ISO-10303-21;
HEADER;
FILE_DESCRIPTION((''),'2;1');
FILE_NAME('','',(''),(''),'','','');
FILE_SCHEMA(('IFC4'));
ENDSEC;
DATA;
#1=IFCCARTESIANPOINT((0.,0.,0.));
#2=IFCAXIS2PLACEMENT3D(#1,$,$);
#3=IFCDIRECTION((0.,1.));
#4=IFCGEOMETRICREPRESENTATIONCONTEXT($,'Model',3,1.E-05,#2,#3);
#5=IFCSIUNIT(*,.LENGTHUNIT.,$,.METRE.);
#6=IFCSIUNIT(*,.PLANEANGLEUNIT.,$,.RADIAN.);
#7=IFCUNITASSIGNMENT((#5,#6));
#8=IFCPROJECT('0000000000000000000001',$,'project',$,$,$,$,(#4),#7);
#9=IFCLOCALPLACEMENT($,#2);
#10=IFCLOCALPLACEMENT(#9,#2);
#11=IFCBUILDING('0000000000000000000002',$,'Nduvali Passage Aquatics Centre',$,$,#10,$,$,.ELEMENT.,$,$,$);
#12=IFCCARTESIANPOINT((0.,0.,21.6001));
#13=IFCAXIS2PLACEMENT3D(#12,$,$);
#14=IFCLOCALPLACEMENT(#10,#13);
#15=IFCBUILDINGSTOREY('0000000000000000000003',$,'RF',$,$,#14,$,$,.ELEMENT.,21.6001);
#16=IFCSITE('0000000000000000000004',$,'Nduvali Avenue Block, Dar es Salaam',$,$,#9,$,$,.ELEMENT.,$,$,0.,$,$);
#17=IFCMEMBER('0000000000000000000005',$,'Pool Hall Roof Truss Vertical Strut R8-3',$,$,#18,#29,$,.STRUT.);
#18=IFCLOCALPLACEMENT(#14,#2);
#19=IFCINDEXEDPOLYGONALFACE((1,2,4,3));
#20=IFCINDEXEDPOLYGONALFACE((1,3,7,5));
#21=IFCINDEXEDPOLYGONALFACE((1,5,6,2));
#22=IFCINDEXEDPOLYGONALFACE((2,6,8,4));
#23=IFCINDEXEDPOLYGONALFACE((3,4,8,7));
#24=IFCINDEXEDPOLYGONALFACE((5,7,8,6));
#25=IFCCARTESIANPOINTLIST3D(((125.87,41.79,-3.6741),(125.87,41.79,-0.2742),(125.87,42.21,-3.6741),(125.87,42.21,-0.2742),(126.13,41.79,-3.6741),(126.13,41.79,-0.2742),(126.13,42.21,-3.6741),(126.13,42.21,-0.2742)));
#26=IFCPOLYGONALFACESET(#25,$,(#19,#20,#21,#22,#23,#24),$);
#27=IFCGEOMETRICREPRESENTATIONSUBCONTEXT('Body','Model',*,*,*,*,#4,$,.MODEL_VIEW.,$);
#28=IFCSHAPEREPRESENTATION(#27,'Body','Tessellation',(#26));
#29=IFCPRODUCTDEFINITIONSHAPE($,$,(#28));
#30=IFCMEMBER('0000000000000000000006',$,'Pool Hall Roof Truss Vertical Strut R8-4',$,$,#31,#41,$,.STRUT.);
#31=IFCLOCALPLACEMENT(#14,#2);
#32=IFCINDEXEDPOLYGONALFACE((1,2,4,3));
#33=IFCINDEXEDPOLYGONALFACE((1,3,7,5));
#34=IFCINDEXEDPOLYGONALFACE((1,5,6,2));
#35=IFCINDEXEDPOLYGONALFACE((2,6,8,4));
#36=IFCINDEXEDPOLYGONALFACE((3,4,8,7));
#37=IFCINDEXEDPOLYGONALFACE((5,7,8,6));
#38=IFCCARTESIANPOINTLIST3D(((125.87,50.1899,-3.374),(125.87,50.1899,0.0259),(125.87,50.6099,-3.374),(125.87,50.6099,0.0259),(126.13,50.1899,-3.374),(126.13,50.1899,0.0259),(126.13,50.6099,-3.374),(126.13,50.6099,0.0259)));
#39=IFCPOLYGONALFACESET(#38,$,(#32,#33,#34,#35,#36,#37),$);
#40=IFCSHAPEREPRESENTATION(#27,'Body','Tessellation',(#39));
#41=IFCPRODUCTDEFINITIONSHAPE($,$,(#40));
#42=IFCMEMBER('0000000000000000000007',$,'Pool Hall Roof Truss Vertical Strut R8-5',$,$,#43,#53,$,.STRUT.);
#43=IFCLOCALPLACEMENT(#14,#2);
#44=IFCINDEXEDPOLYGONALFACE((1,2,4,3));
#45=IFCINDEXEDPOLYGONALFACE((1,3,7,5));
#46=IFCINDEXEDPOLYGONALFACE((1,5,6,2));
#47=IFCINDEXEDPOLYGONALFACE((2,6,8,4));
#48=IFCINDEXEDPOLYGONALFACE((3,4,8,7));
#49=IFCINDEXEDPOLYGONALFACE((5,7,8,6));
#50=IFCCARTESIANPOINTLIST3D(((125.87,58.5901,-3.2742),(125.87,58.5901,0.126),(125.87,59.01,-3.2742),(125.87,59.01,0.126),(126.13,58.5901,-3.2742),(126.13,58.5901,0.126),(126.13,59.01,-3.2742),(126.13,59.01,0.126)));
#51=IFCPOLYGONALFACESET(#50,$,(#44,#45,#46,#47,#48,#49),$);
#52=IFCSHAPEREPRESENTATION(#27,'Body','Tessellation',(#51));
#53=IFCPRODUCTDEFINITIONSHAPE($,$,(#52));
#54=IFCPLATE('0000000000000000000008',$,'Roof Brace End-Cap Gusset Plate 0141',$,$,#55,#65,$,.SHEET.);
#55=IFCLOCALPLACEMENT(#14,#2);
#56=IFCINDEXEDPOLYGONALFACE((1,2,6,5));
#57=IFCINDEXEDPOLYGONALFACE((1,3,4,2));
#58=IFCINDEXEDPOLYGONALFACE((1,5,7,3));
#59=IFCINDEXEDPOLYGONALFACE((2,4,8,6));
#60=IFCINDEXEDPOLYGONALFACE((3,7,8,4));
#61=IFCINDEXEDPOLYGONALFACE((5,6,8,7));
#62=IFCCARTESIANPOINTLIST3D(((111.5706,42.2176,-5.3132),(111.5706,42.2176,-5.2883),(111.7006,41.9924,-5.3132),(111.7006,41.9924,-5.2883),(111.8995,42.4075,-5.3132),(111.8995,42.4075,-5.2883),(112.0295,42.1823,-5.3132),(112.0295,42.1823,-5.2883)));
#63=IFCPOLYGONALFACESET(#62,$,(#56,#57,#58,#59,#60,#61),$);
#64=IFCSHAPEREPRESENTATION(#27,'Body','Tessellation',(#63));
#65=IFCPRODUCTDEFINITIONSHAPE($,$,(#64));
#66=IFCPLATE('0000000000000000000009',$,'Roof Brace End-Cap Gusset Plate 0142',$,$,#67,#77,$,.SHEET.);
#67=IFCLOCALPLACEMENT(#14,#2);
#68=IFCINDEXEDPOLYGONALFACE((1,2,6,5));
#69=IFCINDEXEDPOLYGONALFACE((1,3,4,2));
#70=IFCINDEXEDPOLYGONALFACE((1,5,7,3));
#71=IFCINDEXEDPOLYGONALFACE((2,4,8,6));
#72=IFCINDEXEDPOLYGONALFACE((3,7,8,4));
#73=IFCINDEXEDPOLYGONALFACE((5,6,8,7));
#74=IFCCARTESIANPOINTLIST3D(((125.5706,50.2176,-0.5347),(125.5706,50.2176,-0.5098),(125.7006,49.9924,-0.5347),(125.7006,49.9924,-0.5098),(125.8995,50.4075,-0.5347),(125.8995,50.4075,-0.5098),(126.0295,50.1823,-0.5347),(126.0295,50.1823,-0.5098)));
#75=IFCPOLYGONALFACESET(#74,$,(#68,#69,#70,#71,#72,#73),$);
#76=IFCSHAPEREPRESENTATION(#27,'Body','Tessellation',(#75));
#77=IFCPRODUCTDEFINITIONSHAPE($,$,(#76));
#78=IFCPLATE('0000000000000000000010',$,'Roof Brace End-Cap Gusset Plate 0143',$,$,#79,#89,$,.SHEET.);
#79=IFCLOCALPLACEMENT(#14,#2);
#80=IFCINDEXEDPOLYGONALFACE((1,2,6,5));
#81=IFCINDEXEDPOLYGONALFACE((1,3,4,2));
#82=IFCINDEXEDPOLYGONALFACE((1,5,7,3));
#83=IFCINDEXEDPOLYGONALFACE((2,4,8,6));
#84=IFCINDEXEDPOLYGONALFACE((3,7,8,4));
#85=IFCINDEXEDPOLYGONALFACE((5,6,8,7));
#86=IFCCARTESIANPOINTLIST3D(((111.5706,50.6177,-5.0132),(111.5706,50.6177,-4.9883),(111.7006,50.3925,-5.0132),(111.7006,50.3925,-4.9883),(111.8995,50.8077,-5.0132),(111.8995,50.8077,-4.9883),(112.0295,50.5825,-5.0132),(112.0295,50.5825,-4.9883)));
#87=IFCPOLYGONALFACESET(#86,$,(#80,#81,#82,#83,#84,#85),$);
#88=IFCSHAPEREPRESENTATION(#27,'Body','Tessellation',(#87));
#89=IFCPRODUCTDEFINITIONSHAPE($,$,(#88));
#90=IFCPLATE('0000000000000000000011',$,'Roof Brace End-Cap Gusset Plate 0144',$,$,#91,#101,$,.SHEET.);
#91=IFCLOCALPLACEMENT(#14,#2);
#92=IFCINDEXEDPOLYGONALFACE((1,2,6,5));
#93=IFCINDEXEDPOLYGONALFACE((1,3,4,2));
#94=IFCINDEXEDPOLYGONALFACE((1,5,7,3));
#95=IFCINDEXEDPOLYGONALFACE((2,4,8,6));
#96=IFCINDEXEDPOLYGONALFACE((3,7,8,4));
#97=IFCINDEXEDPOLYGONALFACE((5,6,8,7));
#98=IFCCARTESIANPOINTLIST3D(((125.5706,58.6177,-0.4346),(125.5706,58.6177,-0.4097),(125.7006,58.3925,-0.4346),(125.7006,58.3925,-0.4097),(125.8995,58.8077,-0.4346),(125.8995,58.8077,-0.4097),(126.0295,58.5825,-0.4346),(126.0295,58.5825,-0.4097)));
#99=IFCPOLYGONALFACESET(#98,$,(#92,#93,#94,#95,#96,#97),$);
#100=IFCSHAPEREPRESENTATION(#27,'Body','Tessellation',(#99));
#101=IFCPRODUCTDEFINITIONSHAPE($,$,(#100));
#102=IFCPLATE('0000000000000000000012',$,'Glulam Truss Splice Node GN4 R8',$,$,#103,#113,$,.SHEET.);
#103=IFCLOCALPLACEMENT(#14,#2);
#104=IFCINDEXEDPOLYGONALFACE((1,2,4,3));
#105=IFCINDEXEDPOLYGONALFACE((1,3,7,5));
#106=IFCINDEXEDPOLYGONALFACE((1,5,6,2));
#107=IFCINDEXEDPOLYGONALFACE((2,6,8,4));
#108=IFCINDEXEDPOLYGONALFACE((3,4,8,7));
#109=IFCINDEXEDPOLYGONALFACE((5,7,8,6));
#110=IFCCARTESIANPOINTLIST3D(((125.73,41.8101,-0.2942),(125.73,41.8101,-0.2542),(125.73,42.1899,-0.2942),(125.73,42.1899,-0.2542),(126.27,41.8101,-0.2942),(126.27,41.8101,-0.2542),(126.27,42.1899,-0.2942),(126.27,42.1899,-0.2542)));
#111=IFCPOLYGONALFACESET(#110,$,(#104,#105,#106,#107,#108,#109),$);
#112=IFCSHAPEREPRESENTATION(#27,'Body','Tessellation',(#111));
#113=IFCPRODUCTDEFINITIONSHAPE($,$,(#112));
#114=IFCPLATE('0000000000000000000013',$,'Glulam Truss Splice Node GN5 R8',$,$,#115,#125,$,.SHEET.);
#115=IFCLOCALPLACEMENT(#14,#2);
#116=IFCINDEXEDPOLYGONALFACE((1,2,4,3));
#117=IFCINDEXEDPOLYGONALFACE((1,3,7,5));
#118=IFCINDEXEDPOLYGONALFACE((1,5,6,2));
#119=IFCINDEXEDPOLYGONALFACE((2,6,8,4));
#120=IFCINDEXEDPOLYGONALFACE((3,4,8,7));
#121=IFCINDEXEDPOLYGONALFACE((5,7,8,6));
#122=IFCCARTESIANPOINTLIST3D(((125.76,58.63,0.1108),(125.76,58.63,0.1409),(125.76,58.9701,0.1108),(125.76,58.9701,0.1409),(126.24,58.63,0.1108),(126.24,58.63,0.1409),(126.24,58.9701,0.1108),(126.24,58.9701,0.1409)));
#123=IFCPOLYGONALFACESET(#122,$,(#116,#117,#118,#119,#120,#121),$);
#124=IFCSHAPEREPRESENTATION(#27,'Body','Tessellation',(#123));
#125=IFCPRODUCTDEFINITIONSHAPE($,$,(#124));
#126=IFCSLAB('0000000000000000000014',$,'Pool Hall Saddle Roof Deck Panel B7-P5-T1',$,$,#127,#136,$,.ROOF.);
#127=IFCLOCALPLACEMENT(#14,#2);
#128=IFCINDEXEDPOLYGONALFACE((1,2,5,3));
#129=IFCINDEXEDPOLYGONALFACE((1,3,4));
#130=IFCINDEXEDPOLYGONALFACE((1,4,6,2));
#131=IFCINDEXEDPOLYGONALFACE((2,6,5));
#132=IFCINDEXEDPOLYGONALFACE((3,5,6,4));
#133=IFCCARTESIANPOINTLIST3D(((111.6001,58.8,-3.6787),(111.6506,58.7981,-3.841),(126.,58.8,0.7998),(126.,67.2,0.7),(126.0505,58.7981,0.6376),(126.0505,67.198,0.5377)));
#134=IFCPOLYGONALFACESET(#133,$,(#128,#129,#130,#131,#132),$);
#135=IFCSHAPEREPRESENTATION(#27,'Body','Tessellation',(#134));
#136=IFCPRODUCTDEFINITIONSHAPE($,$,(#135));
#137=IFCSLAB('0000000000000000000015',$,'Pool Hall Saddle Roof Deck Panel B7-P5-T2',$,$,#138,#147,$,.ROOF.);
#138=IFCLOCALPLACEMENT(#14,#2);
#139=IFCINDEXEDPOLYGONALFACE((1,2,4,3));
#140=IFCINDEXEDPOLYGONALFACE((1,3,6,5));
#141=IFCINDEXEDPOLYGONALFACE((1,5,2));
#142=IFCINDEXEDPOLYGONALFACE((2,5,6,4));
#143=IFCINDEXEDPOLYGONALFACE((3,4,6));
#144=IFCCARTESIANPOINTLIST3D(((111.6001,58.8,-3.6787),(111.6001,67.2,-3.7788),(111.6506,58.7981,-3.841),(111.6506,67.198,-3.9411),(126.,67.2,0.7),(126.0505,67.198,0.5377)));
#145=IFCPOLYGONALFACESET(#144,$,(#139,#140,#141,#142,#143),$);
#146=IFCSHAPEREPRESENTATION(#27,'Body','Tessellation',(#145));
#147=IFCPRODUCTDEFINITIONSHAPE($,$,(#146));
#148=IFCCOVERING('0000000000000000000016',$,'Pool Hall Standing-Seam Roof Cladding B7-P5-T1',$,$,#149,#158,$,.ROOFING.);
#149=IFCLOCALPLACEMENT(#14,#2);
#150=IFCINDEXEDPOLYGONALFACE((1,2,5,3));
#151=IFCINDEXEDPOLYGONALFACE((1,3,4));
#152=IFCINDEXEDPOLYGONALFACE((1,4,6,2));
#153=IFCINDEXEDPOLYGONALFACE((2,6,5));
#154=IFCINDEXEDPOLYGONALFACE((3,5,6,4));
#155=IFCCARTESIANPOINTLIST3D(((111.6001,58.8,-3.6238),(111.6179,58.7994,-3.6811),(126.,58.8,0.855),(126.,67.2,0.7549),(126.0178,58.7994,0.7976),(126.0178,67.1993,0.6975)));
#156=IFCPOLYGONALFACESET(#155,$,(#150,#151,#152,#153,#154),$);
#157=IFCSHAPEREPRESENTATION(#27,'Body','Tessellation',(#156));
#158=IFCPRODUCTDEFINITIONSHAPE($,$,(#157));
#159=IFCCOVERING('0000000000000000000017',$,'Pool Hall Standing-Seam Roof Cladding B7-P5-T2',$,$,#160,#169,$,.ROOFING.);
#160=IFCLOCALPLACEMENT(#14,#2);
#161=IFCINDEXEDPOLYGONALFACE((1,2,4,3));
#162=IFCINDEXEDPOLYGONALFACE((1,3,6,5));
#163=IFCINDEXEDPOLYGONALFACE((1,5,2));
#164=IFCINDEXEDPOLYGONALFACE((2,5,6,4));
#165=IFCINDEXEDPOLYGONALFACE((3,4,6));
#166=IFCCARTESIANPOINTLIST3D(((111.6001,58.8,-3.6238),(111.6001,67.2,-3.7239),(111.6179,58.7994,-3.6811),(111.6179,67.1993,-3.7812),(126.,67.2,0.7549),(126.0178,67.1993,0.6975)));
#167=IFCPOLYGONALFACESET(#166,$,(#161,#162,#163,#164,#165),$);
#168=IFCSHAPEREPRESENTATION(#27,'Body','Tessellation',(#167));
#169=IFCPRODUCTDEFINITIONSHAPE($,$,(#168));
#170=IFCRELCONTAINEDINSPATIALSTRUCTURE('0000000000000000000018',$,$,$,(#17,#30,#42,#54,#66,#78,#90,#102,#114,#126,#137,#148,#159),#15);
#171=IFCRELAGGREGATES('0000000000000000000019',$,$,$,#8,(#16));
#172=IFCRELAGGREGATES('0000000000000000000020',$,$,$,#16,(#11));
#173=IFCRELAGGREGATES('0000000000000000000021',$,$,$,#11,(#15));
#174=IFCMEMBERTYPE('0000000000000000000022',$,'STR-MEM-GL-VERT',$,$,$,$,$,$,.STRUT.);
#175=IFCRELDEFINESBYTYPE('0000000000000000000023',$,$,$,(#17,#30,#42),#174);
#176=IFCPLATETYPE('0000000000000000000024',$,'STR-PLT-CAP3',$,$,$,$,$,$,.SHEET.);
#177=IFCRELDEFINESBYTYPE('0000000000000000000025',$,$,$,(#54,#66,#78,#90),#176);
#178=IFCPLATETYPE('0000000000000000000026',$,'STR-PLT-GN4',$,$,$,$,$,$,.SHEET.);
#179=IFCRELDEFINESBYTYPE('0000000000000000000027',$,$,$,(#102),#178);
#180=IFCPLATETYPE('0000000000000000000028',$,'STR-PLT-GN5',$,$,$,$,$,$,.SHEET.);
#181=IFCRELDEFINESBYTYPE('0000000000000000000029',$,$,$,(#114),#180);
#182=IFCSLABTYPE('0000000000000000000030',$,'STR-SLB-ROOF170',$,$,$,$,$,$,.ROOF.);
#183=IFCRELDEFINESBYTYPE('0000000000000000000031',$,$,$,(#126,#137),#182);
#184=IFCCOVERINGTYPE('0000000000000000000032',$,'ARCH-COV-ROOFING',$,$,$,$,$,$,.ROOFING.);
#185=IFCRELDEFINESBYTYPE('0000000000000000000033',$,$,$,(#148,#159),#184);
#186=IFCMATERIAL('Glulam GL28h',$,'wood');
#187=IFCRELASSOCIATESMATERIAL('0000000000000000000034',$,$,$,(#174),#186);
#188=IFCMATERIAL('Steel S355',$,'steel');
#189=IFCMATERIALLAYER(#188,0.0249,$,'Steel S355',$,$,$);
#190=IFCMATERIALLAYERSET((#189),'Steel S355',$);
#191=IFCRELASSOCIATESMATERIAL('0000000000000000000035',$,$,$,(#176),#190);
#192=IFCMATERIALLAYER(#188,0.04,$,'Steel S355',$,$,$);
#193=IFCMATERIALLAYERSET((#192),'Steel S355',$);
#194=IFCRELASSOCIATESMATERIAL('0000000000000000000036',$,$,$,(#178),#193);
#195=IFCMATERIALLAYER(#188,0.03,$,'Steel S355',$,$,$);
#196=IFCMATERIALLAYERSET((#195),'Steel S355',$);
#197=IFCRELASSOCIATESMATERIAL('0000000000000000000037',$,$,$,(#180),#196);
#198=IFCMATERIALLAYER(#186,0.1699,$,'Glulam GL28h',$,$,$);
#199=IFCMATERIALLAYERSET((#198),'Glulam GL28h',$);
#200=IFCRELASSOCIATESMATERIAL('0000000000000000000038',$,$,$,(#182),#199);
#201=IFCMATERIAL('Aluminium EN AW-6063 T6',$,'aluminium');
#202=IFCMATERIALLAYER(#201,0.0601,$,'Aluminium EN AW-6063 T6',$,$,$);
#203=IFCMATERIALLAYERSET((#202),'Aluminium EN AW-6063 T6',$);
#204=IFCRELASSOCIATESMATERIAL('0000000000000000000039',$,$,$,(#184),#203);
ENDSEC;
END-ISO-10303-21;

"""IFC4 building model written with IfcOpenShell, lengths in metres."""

from ifc_helpers import new_model, si_unit, direction, frame, origin, origin_2d, place, context, subcontext, project, spatial, polyline, rectangle, outline, extrude, material, layer, layer_set, material_profile, profile_set, type_object, element, save


model = new_model("IFC4")

# Units and contexts
model_context = context("Model", 3, precision=1e-05, world=origin(), true_north=direction((0.0, 1.0)))
body_context = subcontext(model_context, "Body", "Model", "MODEL_VIEW")
ifc_project = project(units=[si_unit("LENGTHUNIT", "METRE"), si_unit("PLANEANGLEUNIT", "RADIAN")], contexts=[model_context])

# Site, building, storey
site_placement = place(None, origin())
site = spatial("IfcSite", under=ifc_project, at=site_placement, Name="Nduvali Avenue Block, Dar es Salaam", CompositionType="ELEMENT", RefElevation=0.0)
building_placement = place(site_placement, origin())
building = spatial("IfcBuilding", under=site, at=building_placement, Name="Nduvali Passage Aquatics Centre", CompositionType="ELEMENT")
storey_placement = place(building_placement, frame((0.0, 0.0, 21.6001)))
storey = spatial("IfcBuildingStorey", under=building, at=storey_placement, Name="RF", CompositionType="ELEMENT", Elevation=21.6001)

# Members
ifc_material_1 = material(Name="Steel S355", Category="steel")
ifc_material_2 = material(Name="Glulam GL28h", Category="wood")
ifc_material_profile_1 = material_profile(ifc_material_2, rectangle(XDim=0.26, YDim=0.4199, at=origin_2d()), Name="GL28h 260x420")
ifc_profile_set_1 = profile_set([ifc_material_profile_1], Name="Glulam GL28h")
member_type_1 = type_object("IfcMemberType", Name="STR-MEM-GL-VERT", PredefinedType="STRUT", material=ifc_profile_set_1)
for number, where, z_axis, x_axis, name in (
    (1, (126.0, 42.0, -3.6741), (0.0, 0.0, 1.0), (1.0, 0.0, 0.0), "Pool Hall Roof Truss Vertical Strut R8-3"),
    (2, (126.0, 50.3999, -3.374), (0.0, 0.0, 1.0), (1.0, 0.0, 0.0), "Pool Hall Roof Truss Vertical Strut R8-4"),
):
    element("IfcMember", number, at=place(storey_placement, frame(where, z_axis=z_axis, x_axis=x_axis)), inside=storey, type_object=member_type_1, Name=name, PredefinedType="STRUT", context=body_context, shape_type="SweptSolid", body=[
        extrude(rectangle(XDim=0.26, YDim=0.4199, at=origin_2d()), origin(), (0.0, 0.0, 1.0), 3.3999),
    ])
member_1_placement = place(storey_placement, frame((126.0, 58.8, -3.2742), z_axis=(0.0, 0.0, 1.0), x_axis=(1.0, 0.0, 0.0)))
element("IfcMember", 3, at=member_1_placement, inside=storey, type_object=member_type_1, Name="Pool Hall Roof Truss Vertical Strut R8-5", PredefinedType="STRUT", context=body_context, shape_type="SweptSolid", body=[
    extrude(rectangle(XDim=0.26, YDim=0.4199, at=origin_2d()), origin(), (0.0, 0.0, 1.0), 3.4001),
])

# Plates
ifc_layer_1 = layer(ifc_material_1, 0.0249, Name="Steel S355")
ifc_layer_set_1 = layer_set([ifc_layer_1], Name="Steel S355")
plate_type_1 = type_object("IfcPlateType", Name="STR-PLT-CAP3", PredefinedType="SHEET", material=ifc_layer_set_1)
for number, where, z_axis, x_axis, name in (
    (4, (111.8, 42.2, -5.3132), (0.0, 0.0, 1.0), (0.866025, 0.5, 0.0), "Roof Brace End-Cap Gusset Plate 0141"),
    (5, (125.8, 50.2, -0.5347), (0.0, 0.0, 1.0), (0.866025, 0.5, 0.0), "Roof Brace End-Cap Gusset Plate 0142"),
    (6, (111.8, 50.6001, -5.0132), (0.0, 0.0, 1.0), (0.866025, 0.5, 0.0), "Roof Brace End-Cap Gusset Plate 0143"),
    (7, (125.8, 58.6001, -0.4346), (0.0, 0.0, 1.0), (0.866025, 0.5, 0.0), "Roof Brace End-Cap Gusset Plate 0144"),
):
    element("IfcPlate", number, at=place(storey_placement, frame(where, z_axis=z_axis, x_axis=x_axis)), inside=storey, type_object=plate_type_1, Name=name, PredefinedType="SHEET", context=body_context, shape_type="SweptSolid", body=[
        extrude(rectangle(XDim=0.3799, YDim=0.26, at=origin_2d()), origin(), (0.0, 0.0, 1.0), 0.0249),
    ])
ifc_layer_2 = layer(ifc_material_1, 0.04, Name="Steel S355")
ifc_layer_set_2 = layer_set([ifc_layer_2], Name="Steel S355")
plate_type_2 = type_object("IfcPlateType", Name="STR-PLT-GN4", PredefinedType="SHEET", material=ifc_layer_set_2)
plate_1_placement = place(storey_placement, frame((126.0, 42.0, -0.2942), z_axis=(0.0, 0.0, 1.0), x_axis=(1.0, 0.0, 0.0)))
element("IfcPlate", 8, at=plate_1_placement, inside=storey, type_object=plate_type_2, Name="Glulam Truss Splice Node GN4 R8", PredefinedType="SHEET", context=body_context, shape_type="SweptSolid", body=[
    extrude(rectangle(XDim=0.54, YDim=0.3799, at=origin_2d()), origin(), (0.0, 0.0, 1.0), 0.04),
])
ifc_layer_3 = layer(ifc_material_1, 0.03, Name="Steel S355")
ifc_layer_set_3 = layer_set([ifc_layer_3], Name="Steel S355")
plate_type_3 = type_object("IfcPlateType", Name="STR-PLT-GN5", PredefinedType="SHEET", material=ifc_layer_set_3)
plate_2_placement = place(storey_placement, frame((126.0, 58.8, 0.1108), z_axis=(0.0, 0.0, 1.0), x_axis=(1.0, 0.0, 0.0)))
element("IfcPlate", 9, at=plate_2_placement, inside=storey, type_object=plate_type_3, Name="Glulam Truss Splice Node GN5 R8", PredefinedType="SHEET", context=body_context, shape_type="SweptSolid", body=[
    extrude(rectangle(XDim=0.48, YDim=0.3401, at=origin_2d()), origin(), (0.0, 0.0, 1.0), 0.03),
])

# Slabs
ifc_layer_4 = layer(ifc_material_2, 0.1699, Name="Glulam GL28h")
ifc_layer_set_4 = layer_set([ifc_layer_4], Name="Glulam GL28h")
slab_type = type_object("IfcSlabType", Name="STR-SLB-ROOF170", PredefinedType="ROOF", material=ifc_layer_set_4)
slab_1_placement = place(storey_placement, frame((111.6001, 58.8, -3.6787), z_axis=(-0.29696, 0.01135, 0.954823), x_axis=(0.954884, 0.0, 0.296979)))
element("IfcSlab", 10, at=slab_1_placement, inside=storey, type_object=slab_type, Name="Pool Hall Saddle Roof Deck Panel B7-P5-T1", PredefinedType="ROOF", context=body_context, shape_type="SweptSolid", body=[
    extrude(outline(polyline([(0.0, 0.0), (15.0803, 0.0), (15.0506, 8.4004), (0.0, 0.0)])), origin(), (0.0, 0.0, -1.0), 0.1699),
])
slab_2_placement = place(storey_placement, frame((111.6001, 58.8, -3.6787), z_axis=(-0.296974, 0.011378, 0.954818), x_axis=(0.835443, 0.487339, 0.254038)))
element("IfcSlab", 11, at=slab_2_placement, inside=storey, type_object=slab_type, Name="Pool Hall Saddle Roof Deck Panel B7-P5-T2", PredefinedType="ROOF", context=body_context, shape_type="SweptSolid", body=[
    extrude(outline(polyline([(0.0, 0.0), (17.2362, 0.0), (4.0682, 7.3497), (0.0, 0.0)])), origin(), (0.0, 0.0, -1.0), 0.1699),
])

# Coverings
ifc_material_3 = material(Name="Aluminium EN AW-6063 T6", Category="aluminium")
ifc_layer_5 = layer(ifc_material_3, 0.0601, Name="Aluminium EN AW-6063 T6")
ifc_layer_set_5 = layer_set([ifc_layer_5], Name="Aluminium EN AW-6063 T6")
covering_type = type_object("IfcCoveringType", Name="ARCH-COV-ROOFING", PredefinedType="ROOFING", material=ifc_layer_set_5)
covering_1_placement = place(storey_placement, frame((111.6001, 58.8, -3.6238), z_axis=(-0.296974, 0.011378, 0.954818), x_axis=(0.95488, 0.0, 0.296993)))
element("IfcCovering", 12, at=covering_1_placement, inside=storey, type_object=covering_type, Name="Pool Hall Standing-Seam Roof Cladding B7-P5-T1", PredefinedType="ROOFING", context=body_context, shape_type="SweptSolid", body=[
    extrude(outline(polyline([(0.0, 0.0), (15.0803, 0.0), (15.0506, 8.4004), (0.0, 0.0)])), origin(), (0.0, 0.0, -1.0), 0.0601),
])
covering_2_placement = place(storey_placement, frame((111.6001, 58.8, -3.6238), z_axis=(-0.296974, 0.011378, 0.954818), x_axis=(0.835443, 0.487339, 0.254038)))
element("IfcCovering", 13, at=covering_2_placement, inside=storey, type_object=covering_type, Name="Pool Hall Standing-Seam Roof Cladding B7-P5-T2", PredefinedType="ROOFING", context=body_context, shape_type="SweptSolid", body=[
    extrude(outline(polyline([(0.0, 0.0), (17.2362, 0.0), (4.0682, 7.3497), (0.0, 0.0)])), origin(), (0.0, 0.0, -1.0), 0.0601),
])

save(model, "model.ifc")
